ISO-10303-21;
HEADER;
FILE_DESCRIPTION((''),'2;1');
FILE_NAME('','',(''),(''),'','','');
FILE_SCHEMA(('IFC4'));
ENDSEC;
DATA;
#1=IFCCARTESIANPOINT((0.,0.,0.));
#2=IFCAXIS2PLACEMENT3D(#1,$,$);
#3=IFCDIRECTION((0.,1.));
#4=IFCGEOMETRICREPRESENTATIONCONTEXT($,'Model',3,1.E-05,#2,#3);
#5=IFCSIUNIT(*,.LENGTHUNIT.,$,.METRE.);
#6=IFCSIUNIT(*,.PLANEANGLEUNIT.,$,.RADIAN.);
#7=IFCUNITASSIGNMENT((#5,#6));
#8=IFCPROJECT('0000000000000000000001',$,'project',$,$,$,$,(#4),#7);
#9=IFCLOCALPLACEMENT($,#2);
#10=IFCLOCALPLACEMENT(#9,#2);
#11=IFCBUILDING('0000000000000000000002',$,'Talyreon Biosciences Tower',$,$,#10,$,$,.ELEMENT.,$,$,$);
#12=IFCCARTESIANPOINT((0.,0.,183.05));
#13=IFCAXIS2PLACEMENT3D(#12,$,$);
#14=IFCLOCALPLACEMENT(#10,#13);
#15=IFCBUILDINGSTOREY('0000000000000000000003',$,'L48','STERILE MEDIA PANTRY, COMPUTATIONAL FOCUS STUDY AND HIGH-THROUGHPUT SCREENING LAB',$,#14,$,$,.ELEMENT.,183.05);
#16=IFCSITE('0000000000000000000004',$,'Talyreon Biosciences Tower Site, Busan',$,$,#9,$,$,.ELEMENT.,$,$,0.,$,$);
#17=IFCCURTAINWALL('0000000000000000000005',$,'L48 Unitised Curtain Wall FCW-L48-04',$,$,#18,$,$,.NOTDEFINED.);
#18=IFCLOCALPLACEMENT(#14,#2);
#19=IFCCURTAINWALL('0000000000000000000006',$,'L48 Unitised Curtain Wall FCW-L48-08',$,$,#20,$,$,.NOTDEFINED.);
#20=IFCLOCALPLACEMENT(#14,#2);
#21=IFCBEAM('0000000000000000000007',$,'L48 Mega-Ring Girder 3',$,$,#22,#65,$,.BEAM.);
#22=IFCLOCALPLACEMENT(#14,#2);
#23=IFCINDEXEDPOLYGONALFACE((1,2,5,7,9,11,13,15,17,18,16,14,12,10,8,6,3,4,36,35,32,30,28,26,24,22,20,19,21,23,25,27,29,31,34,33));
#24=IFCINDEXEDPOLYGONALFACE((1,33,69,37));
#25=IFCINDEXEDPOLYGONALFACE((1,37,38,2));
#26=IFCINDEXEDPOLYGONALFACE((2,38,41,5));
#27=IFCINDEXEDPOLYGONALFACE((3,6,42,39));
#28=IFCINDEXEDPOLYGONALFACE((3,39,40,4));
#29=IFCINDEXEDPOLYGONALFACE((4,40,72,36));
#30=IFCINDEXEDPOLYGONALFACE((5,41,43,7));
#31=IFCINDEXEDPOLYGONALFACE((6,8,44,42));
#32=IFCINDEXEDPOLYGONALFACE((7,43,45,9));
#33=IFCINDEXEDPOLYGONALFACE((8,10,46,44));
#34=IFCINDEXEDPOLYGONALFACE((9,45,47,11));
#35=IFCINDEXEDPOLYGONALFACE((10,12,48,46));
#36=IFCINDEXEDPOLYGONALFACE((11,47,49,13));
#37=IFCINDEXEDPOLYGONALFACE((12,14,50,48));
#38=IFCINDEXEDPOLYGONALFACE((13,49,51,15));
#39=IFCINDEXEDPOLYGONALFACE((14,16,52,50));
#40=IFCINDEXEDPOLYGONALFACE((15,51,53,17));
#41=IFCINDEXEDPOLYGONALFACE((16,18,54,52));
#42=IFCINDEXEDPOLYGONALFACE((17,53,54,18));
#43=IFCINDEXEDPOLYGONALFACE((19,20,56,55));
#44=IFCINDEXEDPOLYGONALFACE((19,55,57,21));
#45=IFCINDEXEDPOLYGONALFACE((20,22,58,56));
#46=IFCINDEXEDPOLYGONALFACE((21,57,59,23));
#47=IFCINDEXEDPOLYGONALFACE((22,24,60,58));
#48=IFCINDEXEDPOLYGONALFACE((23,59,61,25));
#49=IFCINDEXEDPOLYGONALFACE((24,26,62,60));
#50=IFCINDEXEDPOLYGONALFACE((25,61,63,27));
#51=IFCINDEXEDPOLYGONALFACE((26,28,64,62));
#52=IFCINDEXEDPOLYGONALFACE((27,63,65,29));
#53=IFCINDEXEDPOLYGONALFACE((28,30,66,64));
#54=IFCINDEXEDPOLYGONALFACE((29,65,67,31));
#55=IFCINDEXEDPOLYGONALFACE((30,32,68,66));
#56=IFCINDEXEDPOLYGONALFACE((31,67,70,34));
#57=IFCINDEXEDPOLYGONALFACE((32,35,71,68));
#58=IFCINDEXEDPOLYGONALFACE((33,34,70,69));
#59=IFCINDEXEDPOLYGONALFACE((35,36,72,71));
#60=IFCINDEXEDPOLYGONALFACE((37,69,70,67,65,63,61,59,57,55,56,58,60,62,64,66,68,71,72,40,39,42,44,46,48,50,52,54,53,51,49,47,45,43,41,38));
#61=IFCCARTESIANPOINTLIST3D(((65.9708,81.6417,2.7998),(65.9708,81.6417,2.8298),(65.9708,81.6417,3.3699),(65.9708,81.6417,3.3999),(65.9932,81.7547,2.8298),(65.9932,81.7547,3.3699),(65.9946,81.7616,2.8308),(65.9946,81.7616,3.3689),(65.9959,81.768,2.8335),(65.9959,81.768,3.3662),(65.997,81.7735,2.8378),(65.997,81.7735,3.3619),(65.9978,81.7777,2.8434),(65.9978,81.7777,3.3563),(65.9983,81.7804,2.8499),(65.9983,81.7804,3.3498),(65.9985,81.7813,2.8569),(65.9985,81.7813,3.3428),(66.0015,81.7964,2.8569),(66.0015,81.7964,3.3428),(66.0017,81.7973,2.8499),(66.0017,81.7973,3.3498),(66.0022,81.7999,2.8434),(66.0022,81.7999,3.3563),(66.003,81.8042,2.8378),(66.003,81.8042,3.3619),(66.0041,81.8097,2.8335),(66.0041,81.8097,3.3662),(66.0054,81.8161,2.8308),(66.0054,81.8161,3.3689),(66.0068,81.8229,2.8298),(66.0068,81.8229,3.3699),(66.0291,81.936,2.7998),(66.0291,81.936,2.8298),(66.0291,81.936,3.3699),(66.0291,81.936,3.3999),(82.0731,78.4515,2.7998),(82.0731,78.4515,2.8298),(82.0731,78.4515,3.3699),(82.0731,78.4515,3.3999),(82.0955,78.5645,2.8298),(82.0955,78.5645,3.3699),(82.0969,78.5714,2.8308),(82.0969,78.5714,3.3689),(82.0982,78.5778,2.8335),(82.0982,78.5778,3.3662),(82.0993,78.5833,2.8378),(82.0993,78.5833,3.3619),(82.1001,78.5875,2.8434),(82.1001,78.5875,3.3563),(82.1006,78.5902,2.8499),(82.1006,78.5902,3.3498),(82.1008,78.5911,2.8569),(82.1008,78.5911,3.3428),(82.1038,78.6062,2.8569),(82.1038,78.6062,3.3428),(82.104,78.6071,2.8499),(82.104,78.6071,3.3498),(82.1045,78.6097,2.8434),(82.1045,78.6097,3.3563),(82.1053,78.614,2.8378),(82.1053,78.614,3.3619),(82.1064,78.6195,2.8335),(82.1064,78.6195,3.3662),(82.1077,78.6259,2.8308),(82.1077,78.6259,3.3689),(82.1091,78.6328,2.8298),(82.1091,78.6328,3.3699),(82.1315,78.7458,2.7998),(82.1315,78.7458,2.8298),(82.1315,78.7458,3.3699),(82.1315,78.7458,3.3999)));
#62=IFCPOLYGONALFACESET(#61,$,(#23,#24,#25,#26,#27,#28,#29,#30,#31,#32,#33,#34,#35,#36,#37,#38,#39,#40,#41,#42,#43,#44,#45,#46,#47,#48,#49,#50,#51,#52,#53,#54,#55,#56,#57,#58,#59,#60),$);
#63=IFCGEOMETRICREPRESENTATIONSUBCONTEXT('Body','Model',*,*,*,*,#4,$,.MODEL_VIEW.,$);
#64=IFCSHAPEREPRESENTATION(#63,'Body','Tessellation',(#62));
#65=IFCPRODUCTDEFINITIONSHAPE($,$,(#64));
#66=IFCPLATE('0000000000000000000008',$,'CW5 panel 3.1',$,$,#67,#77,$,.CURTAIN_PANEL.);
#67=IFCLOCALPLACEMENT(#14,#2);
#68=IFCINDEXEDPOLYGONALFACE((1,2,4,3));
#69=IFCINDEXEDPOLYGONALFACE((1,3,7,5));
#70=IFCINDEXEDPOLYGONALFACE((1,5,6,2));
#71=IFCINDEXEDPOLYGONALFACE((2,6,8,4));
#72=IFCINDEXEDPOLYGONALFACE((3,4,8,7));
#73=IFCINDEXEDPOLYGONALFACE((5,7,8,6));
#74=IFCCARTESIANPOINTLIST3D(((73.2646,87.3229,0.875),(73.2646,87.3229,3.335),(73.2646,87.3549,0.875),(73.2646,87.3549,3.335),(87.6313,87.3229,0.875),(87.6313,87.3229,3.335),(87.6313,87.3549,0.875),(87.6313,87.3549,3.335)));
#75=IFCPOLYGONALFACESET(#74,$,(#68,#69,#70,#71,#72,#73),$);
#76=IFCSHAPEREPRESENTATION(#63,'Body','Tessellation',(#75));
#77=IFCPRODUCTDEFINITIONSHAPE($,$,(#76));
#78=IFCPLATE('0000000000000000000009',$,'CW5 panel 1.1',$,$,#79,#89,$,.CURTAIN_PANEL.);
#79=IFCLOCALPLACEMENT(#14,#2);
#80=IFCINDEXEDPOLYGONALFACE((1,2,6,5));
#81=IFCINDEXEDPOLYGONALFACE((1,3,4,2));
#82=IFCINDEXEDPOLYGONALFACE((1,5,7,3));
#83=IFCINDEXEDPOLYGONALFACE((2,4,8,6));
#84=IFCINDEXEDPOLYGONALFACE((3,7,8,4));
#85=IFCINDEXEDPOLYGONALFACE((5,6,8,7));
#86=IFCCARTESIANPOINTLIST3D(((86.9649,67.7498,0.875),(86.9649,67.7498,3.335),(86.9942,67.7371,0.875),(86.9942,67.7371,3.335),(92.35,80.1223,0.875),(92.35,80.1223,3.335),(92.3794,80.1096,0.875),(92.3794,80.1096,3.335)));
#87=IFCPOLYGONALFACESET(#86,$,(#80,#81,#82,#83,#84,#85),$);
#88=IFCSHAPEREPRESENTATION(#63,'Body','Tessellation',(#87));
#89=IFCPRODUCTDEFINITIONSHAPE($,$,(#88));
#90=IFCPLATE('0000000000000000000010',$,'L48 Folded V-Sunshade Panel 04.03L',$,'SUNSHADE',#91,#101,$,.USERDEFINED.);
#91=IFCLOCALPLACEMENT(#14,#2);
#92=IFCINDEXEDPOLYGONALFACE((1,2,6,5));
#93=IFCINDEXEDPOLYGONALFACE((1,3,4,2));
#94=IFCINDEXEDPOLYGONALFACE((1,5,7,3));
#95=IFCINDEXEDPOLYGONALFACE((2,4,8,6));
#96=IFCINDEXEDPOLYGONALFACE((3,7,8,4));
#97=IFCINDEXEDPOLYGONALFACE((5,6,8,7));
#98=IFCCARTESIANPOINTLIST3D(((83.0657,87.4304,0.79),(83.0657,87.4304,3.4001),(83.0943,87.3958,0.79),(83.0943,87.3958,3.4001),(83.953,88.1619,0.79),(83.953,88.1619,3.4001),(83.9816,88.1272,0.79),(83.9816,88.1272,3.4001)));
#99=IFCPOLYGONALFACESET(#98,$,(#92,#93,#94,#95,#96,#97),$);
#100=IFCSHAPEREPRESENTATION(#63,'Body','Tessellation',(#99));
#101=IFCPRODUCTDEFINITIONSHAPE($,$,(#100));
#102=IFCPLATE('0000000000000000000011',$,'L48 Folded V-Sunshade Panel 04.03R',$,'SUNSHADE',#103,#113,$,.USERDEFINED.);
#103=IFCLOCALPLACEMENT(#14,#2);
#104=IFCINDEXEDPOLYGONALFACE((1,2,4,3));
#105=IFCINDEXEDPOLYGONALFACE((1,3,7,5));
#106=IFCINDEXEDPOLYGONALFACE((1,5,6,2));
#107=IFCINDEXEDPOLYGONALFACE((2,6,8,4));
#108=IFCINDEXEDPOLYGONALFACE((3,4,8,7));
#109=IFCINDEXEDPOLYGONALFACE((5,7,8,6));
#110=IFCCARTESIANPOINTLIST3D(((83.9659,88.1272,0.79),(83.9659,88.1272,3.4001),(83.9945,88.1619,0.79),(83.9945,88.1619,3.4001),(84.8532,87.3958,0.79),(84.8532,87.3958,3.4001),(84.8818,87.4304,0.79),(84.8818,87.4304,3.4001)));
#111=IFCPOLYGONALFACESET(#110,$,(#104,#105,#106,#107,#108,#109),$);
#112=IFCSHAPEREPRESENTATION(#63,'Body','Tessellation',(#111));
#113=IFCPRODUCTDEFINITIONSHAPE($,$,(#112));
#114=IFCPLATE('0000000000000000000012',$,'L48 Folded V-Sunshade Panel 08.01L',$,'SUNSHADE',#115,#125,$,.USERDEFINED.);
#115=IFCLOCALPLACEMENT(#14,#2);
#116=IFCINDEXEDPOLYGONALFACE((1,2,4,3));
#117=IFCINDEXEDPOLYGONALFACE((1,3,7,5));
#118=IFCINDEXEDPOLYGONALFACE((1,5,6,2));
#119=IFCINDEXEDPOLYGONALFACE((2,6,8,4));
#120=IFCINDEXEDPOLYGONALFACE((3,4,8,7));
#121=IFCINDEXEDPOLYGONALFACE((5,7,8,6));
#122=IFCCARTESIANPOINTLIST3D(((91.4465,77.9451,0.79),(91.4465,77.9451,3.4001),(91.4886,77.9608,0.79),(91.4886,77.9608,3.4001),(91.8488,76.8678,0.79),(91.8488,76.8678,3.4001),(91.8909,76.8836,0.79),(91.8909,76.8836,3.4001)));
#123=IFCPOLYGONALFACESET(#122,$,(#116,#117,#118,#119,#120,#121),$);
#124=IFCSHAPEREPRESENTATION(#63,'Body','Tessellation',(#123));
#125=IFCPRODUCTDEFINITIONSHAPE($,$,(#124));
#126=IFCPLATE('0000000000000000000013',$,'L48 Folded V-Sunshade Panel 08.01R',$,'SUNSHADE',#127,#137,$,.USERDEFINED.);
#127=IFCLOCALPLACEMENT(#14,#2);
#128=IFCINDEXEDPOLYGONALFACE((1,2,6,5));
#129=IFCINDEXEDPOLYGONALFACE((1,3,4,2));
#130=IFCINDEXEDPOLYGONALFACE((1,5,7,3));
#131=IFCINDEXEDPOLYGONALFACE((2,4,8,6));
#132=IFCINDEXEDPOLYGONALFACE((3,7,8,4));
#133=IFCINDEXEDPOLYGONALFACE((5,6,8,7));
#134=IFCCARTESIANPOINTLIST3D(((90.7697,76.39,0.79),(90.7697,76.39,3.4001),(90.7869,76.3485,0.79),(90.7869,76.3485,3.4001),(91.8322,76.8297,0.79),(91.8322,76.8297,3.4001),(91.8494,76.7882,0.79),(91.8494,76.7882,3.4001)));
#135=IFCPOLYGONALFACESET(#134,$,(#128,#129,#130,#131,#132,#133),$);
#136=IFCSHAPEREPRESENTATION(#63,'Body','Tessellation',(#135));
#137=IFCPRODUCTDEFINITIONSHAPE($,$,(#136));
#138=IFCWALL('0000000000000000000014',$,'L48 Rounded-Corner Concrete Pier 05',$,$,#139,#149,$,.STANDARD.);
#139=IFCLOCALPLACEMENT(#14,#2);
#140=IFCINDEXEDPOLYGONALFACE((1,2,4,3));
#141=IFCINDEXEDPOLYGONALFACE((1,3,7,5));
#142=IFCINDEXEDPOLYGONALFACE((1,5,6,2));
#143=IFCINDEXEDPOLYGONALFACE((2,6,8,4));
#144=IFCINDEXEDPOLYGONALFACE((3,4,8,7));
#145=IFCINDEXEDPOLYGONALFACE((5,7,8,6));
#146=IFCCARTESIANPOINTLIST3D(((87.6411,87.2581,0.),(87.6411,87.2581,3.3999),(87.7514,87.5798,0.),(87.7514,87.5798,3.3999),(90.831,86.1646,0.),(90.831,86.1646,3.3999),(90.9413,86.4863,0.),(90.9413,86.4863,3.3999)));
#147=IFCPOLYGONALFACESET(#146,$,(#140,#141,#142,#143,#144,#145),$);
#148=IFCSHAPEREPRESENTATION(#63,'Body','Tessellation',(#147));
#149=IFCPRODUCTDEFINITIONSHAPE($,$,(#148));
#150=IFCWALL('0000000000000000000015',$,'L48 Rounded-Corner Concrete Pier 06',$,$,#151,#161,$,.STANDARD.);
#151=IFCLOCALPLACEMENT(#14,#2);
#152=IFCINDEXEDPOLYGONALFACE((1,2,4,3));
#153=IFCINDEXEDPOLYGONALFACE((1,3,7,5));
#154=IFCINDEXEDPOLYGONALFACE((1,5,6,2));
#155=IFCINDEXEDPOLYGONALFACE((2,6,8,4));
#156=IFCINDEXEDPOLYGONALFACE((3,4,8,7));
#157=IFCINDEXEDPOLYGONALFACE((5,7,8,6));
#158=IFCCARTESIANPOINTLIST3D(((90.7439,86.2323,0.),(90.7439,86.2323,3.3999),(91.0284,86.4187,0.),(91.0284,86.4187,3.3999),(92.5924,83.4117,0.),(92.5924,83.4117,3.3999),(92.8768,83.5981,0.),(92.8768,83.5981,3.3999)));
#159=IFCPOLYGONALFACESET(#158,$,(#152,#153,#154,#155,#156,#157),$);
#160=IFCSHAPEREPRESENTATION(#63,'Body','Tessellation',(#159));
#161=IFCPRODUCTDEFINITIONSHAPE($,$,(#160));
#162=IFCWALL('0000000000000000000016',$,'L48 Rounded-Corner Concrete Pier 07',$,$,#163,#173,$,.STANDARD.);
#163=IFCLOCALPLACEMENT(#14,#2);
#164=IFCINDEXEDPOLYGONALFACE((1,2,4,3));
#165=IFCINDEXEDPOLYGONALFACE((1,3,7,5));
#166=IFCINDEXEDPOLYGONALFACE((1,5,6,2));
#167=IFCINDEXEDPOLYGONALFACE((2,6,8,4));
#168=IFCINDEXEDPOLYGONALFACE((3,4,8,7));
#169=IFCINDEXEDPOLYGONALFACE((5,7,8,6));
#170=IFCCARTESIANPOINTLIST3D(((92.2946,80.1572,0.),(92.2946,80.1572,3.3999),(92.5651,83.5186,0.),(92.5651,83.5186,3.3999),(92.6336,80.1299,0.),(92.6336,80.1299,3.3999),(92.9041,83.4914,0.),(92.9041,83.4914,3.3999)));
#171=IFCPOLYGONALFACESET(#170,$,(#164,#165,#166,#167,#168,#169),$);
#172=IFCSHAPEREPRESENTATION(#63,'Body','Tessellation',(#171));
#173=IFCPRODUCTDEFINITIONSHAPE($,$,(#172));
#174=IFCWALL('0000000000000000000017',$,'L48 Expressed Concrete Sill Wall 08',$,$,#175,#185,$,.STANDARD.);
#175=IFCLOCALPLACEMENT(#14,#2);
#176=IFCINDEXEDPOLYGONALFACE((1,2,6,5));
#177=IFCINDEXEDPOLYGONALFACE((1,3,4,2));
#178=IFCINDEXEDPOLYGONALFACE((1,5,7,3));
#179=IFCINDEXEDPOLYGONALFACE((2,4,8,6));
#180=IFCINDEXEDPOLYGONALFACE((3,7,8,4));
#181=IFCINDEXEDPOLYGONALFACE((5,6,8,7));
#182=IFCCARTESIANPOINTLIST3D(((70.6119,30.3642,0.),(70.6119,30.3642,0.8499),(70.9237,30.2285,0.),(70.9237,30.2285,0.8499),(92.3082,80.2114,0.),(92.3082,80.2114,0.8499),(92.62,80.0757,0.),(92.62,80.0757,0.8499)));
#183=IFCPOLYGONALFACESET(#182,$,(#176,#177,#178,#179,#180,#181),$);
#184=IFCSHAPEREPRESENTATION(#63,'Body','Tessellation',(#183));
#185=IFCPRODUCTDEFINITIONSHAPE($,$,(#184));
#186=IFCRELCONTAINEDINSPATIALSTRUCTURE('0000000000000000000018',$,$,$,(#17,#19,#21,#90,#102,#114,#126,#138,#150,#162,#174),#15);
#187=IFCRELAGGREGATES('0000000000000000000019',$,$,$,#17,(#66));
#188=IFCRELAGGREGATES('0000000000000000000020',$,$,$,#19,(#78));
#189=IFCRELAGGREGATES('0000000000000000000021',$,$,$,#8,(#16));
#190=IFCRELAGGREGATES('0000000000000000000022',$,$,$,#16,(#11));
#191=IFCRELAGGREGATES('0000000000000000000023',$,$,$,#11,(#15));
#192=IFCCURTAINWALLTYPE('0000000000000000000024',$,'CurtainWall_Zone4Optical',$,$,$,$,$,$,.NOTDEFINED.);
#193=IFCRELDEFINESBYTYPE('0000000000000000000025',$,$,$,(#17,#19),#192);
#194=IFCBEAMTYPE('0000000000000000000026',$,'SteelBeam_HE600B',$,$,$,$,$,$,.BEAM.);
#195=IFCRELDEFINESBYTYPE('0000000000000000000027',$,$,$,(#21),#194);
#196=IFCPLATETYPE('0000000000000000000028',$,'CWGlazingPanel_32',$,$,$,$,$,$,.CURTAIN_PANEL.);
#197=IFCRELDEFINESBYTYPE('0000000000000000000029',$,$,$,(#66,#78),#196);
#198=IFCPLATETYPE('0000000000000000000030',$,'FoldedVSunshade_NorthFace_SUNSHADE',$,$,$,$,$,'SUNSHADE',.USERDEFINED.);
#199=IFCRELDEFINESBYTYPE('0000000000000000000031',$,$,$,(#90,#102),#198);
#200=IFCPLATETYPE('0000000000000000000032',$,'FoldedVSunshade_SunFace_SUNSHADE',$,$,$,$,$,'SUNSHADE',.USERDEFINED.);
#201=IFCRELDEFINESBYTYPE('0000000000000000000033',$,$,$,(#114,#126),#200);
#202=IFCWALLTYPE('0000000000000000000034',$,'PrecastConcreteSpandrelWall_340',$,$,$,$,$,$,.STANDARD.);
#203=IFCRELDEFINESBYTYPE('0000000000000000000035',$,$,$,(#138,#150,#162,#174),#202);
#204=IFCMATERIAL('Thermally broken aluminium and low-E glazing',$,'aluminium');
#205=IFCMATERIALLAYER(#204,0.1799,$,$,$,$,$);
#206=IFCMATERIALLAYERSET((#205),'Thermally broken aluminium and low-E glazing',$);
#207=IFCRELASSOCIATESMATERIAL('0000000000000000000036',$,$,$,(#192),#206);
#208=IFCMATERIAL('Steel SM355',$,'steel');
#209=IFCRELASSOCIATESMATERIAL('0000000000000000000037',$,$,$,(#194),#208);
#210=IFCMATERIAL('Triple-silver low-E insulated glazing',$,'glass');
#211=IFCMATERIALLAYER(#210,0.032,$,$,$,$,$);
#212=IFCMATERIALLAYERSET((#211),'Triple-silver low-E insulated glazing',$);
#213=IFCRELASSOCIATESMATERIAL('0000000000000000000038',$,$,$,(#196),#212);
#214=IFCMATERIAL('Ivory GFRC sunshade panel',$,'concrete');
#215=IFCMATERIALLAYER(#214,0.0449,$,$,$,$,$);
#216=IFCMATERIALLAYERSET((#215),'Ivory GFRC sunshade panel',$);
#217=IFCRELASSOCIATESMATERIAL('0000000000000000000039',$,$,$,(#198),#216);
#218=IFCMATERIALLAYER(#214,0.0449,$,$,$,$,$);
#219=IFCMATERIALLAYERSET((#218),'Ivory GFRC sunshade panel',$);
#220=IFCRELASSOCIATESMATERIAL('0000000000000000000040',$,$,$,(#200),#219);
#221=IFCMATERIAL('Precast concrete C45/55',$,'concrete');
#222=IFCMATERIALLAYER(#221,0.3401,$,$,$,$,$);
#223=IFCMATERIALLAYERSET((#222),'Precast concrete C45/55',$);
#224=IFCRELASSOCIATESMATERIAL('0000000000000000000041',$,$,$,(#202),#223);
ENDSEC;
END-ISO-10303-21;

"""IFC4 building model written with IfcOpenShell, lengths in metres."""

from ifc_helpers import new_model, si_unit, direction, frame, frame_2d, origin, origin_2d, place, context, subcontext, project, spatial, rectangle, i_section, extrude, material, layer, layer_set, material_profile, profile_set, type_object, element, aggregate, save


model = new_model("IFC4")

# Units and contexts
model_context = context("Model", 3, precision=1e-05, world=origin(), true_north=direction((0.0, 1.0)))
body_context = subcontext(model_context, "Body", "Model", "MODEL_VIEW")
ifc_project = project(units=[si_unit("LENGTHUNIT", "METRE"), si_unit("PLANEANGLEUNIT", "RADIAN")], contexts=[model_context])

# Site, building, storey
site_placement = place(None, origin())
site = spatial("IfcSite", under=ifc_project, at=site_placement, Name="Talyreon Biosciences Tower Site, Busan", CompositionType="ELEMENT", RefElevation=0.0)
building_placement = place(site_placement, origin())
building = spatial("IfcBuilding", under=site, at=building_placement, Name="Talyreon Biosciences Tower", CompositionType="ELEMENT")
storey_placement = place(building_placement, frame((0.0, 0.0, 183.05)))
storey = spatial("IfcBuildingStorey", under=building, at=storey_placement, Name="L48", Description="STERILE MEDIA PANTRY, COMPUTATIONAL FOCUS STUDY AND HIGH-THROUGHPUT SCREENING LAB", CompositionType="ELEMENT", Elevation=183.05)

# Curtain wall
ifc_material_1 = material(Name="Thermally broken aluminium and low-E glazing", Category="aluminium")
ifc_layer_1 = layer(ifc_material_1, 0.1799)
ifc_layer_set_1 = layer_set([ifc_layer_1], Name="Thermally broken aluminium and low-E glazing")
curtain_wall_type = type_object("IfcCurtainWallType", Name="CurtainWall_Zone4Optical", PredefinedType="NOTDEFINED", material=ifc_layer_set_1)
curtain_wall_1_placement = place(storey_placement, origin())
curtain_wall_1 = element("IfcCurtainWall", 1, at=curtain_wall_1_placement, inside=storey, type_object=curtain_wall_type, Name="L48 Unitised Curtain Wall FCW-L48-04", PredefinedType="NOTDEFINED")

# Curtain wall
curtain_wall_2_placement = place(storey_placement, origin())
curtain_wall_2 = element("IfcCurtainWall", 2, at=curtain_wall_2_placement, inside=storey, type_object=curtain_wall_type, Name="L48 Unitised Curtain Wall FCW-L48-08", PredefinedType="NOTDEFINED")

# Beam
ifc_material_2 = material(Name="Precast concrete C45/55", Category="concrete")
ifc_material_3 = material(Name="Steel SM355", Category="steel")
ifc_material_profile_1 = material_profile(ifc_material_3, i_section(OverallWidth=0.3, OverallDepth=0.6001, WebThickness=0.0154, FlangeThickness=0.03, FilletRadius=0.0271, at=origin_2d()), Name="HE600B")
ifc_profile_set_1 = profile_set([ifc_material_profile_1], Name="Steel SM355")
beam_type_1 = type_object("IfcBeamType", Name="SteelBeam_HE600B", PredefinedType="BEAM", material=ifc_profile_set_1)
beam_1_placement = place(storey_placement, frame((82.1023, 78.5986, 3.0999), z_axis=(-0.980934, 0.194343, 0.0), x_axis=(-0.194343, -0.980934, 0.0)))
element("IfcBeam", 3, at=beam_1_placement, inside=storey, type_object=beam_type_1, Name="L48 Mega-Ring Girder 3", PredefinedType="BEAM", context=body_context, shape_type="SweptSolid", body=[
    extrude(i_section(OverallWidth=0.3, OverallDepth=0.6001, WebThickness=0.0154, FlangeThickness=0.03, FilletRadius=0.0271, at=origin_2d()), origin(), (0.0, 0.0, 1.0), 16.4153),
])

# Plates
ifc_material_4 = material(Name="Triple-silver low-E insulated glazing", Category="glass")
ifc_layer_2 = layer(ifc_material_4, 0.032)
ifc_layer_set_2 = layer_set([ifc_layer_2], Name="Triple-silver low-E insulated glazing")
plate_type_1 = type_object("IfcPlateType", Name="CWGlazingPanel_32", PredefinedType="CURTAIN_PANEL", material=ifc_layer_set_2)
plate_1_placement = place(storey_placement, frame((80.448, 87.3389, 0.875), z_axis=(0.0, 0.0, 1.0), x_axis=(1.0, 0.0, 0.0)))
plate_1 = element("IfcPlate", 4, at=plate_1_placement, type_object=plate_type_1, Name="CW5 panel 3.1", PredefinedType="CURTAIN_PANEL", context=body_context, shape_type="SweptSolid", body=[
    extrude(rectangle(XDim=14.3667, YDim=0.032, at=origin_2d()), origin(), (0.0, 0.0, 1.0), 2.46),
])
aggregate(curtain_wall_1, [plate_1])
plate_2_placement = place(storey_placement, frame((89.6721, 73.9297, 0.875), z_axis=(0.0, 0.0, 1.0), x_axis=(-0.399089, -0.916912, 0.0)))
plate_2 = element("IfcPlate", 5, at=plate_2_placement, type_object=plate_type_1, Name="CW5 panel 1.1", PredefinedType="CURTAIN_PANEL", context=body_context, shape_type="SweptSolid", body=[
    extrude(rectangle(XDim=13.4937, YDim=0.032, at=origin_2d()), origin(), (0.0, 0.0, 1.0), 2.46),
])
aggregate(curtain_wall_2, [plate_2])

# Plates
ifc_material_5 = material(Name="Ivory GFRC sunshade panel", Category="concrete")
ifc_layer_3 = layer(ifc_material_5, 0.0449)
ifc_layer_set_3 = layer_set([ifc_layer_3], Name="Ivory GFRC sunshade panel")
plate_type_2 = type_object("IfcPlateType", Name="FoldedVSunshade_NorthFace_SUNSHADE", ElementType="SUNSHADE", PredefinedType="USERDEFINED", material=ifc_layer_set_3)
for number, where, z_axis, x_axis, name in (
    (6, (83.5237, 87.7788, 0.79), (0.0, 0.0, 1.0), (0.771625, 0.636078, 0.0), "L48 Folded V-Sunshade Panel 04.03L"),
    (7, (84.4238, 87.7788, 0.79), (0.0, 0.0, 1.0), (0.771625, -0.636078, 0.0), "L48 Folded V-Sunshade Panel 04.03R"),
):
    element("IfcPlate", number, at=place(storey_placement, frame(where, z_axis=z_axis, x_axis=x_axis)), inside=storey, type_object=plate_type_2, Name=name, ObjectType="SUNSHADE", PredefinedType="USERDEFINED", context=body_context, shape_type="SweptSolid", body=[
        extrude(rectangle(XDim=1.1499, YDim=0.0449, at=origin_2d()), origin(), (0.0, 0.0, 1.0), 2.6101),
    ])
ifc_layer_4 = layer(ifc_material_5, 0.0449)
ifc_layer_set_4 = layer_set([ifc_layer_4], Name="Ivory GFRC sunshade panel")
plate_type_3 = type_object("IfcPlateType", Name="FoldedVSunshade_SunFace_SUNSHADE", ElementType="SUNSHADE", PredefinedType="USERDEFINED", material=ifc_layer_set_4)
for number, where, z_axis, x_axis, name in (
    (8, (91.6687, 77.4143, 0.79), (0.0, 0.0, 1.0), (0.349864, -0.9368, 0.0), "L48 Folded V-Sunshade Panel 08.01L"),
    (9, (91.3096, 76.5891, 0.79), (0.0, 0.0, 1.0), (-0.92402, -0.382345, 0.0), "L48 Folded V-Sunshade Panel 08.01R"),
):
    element("IfcPlate", number, at=place(storey_placement, frame(where, z_axis=z_axis, x_axis=x_axis)), inside=storey, type_object=plate_type_3, Name=name, ObjectType="SUNSHADE", PredefinedType="USERDEFINED", context=body_context, shape_type="SweptSolid", body=[
        extrude(rectangle(XDim=1.1499, YDim=0.0449, at=origin_2d()), origin(), (0.0, 0.0, 1.0), 2.6101),
    ])

# Walls
ifc_layer_5 = layer(ifc_material_2, 0.3401)
ifc_layer_set_5 = layer_set([ifc_layer_5], Name="Precast concrete C45/55")
wall_type = type_object("IfcWallType", Name="PrecastConcreteSpandrelWall_340", PredefinedType="STANDARD", material=ifc_layer_set_5)
wall_1_placement = place(storey_placement, frame((87.6963, 87.4189, 0.0), z_axis=(0.0, 0.0, 1.0), x_axis=(0.945963, -0.324274, 0.0)))
element("IfcWall", 10, at=wall_1_placement, inside=storey, type_object=wall_type, Name="L48 Rounded-Corner Concrete Pier 05", PredefinedType="STANDARD", context=body_context, shape_type="SweptSolid", body=[
    extrude(rectangle(XDim=3.3721, YDim=0.3401, at=frame_2d((1.686, 0.0))), origin(), (0.0, 0.0, 1.0), 3.3999),
])
for number, where, z_axis, x_axis, name in (
    (11, (90.8862, 86.3254, 0.0), (0.0, 0.0, 1.0), (0.548117, -0.836402, 0.0), "L48 Rounded-Corner Concrete Pier 06"),
    (12, (92.7346, 83.5049, 0.0), (0.0, 0.0, 1.0), (-0.080217, -0.996777, 0.0), "L48 Rounded-Corner Concrete Pier 07"),
):
    element("IfcWall", number, at=place(storey_placement, frame(where, z_axis=z_axis, x_axis=x_axis)), inside=storey, type_object=wall_type, Name=name, PredefinedType="STANDARD", context=body_context, shape_type="SweptSolid", body=[
        extrude(rectangle(XDim=3.3723, YDim=0.3401, at=frame_2d((1.686, 0.0))), origin(), (0.0, 0.0, 1.0), 3.3999),
    ])
wall_2_placement = place(storey_placement, frame((92.4641, 80.1436, 0.0), z_axis=(0.0, 0.0, 1.0), x_axis=(-0.399091, -0.916911, 0.0)))
element("IfcWall", 13, at=wall_2_placement, inside=storey, type_object=wall_type, Name="L48 Expressed Concrete Sill Wall 08", PredefinedType="STANDARD", context=body_context, shape_type="SweptSolid", body=[
    extrude(rectangle(XDim=54.3643, YDim=0.3401, at=frame_2d((27.1821, 0.0))), origin(), (0.0, 0.0, 1.0), 0.8499),
])

save(model, "model.ifc")
